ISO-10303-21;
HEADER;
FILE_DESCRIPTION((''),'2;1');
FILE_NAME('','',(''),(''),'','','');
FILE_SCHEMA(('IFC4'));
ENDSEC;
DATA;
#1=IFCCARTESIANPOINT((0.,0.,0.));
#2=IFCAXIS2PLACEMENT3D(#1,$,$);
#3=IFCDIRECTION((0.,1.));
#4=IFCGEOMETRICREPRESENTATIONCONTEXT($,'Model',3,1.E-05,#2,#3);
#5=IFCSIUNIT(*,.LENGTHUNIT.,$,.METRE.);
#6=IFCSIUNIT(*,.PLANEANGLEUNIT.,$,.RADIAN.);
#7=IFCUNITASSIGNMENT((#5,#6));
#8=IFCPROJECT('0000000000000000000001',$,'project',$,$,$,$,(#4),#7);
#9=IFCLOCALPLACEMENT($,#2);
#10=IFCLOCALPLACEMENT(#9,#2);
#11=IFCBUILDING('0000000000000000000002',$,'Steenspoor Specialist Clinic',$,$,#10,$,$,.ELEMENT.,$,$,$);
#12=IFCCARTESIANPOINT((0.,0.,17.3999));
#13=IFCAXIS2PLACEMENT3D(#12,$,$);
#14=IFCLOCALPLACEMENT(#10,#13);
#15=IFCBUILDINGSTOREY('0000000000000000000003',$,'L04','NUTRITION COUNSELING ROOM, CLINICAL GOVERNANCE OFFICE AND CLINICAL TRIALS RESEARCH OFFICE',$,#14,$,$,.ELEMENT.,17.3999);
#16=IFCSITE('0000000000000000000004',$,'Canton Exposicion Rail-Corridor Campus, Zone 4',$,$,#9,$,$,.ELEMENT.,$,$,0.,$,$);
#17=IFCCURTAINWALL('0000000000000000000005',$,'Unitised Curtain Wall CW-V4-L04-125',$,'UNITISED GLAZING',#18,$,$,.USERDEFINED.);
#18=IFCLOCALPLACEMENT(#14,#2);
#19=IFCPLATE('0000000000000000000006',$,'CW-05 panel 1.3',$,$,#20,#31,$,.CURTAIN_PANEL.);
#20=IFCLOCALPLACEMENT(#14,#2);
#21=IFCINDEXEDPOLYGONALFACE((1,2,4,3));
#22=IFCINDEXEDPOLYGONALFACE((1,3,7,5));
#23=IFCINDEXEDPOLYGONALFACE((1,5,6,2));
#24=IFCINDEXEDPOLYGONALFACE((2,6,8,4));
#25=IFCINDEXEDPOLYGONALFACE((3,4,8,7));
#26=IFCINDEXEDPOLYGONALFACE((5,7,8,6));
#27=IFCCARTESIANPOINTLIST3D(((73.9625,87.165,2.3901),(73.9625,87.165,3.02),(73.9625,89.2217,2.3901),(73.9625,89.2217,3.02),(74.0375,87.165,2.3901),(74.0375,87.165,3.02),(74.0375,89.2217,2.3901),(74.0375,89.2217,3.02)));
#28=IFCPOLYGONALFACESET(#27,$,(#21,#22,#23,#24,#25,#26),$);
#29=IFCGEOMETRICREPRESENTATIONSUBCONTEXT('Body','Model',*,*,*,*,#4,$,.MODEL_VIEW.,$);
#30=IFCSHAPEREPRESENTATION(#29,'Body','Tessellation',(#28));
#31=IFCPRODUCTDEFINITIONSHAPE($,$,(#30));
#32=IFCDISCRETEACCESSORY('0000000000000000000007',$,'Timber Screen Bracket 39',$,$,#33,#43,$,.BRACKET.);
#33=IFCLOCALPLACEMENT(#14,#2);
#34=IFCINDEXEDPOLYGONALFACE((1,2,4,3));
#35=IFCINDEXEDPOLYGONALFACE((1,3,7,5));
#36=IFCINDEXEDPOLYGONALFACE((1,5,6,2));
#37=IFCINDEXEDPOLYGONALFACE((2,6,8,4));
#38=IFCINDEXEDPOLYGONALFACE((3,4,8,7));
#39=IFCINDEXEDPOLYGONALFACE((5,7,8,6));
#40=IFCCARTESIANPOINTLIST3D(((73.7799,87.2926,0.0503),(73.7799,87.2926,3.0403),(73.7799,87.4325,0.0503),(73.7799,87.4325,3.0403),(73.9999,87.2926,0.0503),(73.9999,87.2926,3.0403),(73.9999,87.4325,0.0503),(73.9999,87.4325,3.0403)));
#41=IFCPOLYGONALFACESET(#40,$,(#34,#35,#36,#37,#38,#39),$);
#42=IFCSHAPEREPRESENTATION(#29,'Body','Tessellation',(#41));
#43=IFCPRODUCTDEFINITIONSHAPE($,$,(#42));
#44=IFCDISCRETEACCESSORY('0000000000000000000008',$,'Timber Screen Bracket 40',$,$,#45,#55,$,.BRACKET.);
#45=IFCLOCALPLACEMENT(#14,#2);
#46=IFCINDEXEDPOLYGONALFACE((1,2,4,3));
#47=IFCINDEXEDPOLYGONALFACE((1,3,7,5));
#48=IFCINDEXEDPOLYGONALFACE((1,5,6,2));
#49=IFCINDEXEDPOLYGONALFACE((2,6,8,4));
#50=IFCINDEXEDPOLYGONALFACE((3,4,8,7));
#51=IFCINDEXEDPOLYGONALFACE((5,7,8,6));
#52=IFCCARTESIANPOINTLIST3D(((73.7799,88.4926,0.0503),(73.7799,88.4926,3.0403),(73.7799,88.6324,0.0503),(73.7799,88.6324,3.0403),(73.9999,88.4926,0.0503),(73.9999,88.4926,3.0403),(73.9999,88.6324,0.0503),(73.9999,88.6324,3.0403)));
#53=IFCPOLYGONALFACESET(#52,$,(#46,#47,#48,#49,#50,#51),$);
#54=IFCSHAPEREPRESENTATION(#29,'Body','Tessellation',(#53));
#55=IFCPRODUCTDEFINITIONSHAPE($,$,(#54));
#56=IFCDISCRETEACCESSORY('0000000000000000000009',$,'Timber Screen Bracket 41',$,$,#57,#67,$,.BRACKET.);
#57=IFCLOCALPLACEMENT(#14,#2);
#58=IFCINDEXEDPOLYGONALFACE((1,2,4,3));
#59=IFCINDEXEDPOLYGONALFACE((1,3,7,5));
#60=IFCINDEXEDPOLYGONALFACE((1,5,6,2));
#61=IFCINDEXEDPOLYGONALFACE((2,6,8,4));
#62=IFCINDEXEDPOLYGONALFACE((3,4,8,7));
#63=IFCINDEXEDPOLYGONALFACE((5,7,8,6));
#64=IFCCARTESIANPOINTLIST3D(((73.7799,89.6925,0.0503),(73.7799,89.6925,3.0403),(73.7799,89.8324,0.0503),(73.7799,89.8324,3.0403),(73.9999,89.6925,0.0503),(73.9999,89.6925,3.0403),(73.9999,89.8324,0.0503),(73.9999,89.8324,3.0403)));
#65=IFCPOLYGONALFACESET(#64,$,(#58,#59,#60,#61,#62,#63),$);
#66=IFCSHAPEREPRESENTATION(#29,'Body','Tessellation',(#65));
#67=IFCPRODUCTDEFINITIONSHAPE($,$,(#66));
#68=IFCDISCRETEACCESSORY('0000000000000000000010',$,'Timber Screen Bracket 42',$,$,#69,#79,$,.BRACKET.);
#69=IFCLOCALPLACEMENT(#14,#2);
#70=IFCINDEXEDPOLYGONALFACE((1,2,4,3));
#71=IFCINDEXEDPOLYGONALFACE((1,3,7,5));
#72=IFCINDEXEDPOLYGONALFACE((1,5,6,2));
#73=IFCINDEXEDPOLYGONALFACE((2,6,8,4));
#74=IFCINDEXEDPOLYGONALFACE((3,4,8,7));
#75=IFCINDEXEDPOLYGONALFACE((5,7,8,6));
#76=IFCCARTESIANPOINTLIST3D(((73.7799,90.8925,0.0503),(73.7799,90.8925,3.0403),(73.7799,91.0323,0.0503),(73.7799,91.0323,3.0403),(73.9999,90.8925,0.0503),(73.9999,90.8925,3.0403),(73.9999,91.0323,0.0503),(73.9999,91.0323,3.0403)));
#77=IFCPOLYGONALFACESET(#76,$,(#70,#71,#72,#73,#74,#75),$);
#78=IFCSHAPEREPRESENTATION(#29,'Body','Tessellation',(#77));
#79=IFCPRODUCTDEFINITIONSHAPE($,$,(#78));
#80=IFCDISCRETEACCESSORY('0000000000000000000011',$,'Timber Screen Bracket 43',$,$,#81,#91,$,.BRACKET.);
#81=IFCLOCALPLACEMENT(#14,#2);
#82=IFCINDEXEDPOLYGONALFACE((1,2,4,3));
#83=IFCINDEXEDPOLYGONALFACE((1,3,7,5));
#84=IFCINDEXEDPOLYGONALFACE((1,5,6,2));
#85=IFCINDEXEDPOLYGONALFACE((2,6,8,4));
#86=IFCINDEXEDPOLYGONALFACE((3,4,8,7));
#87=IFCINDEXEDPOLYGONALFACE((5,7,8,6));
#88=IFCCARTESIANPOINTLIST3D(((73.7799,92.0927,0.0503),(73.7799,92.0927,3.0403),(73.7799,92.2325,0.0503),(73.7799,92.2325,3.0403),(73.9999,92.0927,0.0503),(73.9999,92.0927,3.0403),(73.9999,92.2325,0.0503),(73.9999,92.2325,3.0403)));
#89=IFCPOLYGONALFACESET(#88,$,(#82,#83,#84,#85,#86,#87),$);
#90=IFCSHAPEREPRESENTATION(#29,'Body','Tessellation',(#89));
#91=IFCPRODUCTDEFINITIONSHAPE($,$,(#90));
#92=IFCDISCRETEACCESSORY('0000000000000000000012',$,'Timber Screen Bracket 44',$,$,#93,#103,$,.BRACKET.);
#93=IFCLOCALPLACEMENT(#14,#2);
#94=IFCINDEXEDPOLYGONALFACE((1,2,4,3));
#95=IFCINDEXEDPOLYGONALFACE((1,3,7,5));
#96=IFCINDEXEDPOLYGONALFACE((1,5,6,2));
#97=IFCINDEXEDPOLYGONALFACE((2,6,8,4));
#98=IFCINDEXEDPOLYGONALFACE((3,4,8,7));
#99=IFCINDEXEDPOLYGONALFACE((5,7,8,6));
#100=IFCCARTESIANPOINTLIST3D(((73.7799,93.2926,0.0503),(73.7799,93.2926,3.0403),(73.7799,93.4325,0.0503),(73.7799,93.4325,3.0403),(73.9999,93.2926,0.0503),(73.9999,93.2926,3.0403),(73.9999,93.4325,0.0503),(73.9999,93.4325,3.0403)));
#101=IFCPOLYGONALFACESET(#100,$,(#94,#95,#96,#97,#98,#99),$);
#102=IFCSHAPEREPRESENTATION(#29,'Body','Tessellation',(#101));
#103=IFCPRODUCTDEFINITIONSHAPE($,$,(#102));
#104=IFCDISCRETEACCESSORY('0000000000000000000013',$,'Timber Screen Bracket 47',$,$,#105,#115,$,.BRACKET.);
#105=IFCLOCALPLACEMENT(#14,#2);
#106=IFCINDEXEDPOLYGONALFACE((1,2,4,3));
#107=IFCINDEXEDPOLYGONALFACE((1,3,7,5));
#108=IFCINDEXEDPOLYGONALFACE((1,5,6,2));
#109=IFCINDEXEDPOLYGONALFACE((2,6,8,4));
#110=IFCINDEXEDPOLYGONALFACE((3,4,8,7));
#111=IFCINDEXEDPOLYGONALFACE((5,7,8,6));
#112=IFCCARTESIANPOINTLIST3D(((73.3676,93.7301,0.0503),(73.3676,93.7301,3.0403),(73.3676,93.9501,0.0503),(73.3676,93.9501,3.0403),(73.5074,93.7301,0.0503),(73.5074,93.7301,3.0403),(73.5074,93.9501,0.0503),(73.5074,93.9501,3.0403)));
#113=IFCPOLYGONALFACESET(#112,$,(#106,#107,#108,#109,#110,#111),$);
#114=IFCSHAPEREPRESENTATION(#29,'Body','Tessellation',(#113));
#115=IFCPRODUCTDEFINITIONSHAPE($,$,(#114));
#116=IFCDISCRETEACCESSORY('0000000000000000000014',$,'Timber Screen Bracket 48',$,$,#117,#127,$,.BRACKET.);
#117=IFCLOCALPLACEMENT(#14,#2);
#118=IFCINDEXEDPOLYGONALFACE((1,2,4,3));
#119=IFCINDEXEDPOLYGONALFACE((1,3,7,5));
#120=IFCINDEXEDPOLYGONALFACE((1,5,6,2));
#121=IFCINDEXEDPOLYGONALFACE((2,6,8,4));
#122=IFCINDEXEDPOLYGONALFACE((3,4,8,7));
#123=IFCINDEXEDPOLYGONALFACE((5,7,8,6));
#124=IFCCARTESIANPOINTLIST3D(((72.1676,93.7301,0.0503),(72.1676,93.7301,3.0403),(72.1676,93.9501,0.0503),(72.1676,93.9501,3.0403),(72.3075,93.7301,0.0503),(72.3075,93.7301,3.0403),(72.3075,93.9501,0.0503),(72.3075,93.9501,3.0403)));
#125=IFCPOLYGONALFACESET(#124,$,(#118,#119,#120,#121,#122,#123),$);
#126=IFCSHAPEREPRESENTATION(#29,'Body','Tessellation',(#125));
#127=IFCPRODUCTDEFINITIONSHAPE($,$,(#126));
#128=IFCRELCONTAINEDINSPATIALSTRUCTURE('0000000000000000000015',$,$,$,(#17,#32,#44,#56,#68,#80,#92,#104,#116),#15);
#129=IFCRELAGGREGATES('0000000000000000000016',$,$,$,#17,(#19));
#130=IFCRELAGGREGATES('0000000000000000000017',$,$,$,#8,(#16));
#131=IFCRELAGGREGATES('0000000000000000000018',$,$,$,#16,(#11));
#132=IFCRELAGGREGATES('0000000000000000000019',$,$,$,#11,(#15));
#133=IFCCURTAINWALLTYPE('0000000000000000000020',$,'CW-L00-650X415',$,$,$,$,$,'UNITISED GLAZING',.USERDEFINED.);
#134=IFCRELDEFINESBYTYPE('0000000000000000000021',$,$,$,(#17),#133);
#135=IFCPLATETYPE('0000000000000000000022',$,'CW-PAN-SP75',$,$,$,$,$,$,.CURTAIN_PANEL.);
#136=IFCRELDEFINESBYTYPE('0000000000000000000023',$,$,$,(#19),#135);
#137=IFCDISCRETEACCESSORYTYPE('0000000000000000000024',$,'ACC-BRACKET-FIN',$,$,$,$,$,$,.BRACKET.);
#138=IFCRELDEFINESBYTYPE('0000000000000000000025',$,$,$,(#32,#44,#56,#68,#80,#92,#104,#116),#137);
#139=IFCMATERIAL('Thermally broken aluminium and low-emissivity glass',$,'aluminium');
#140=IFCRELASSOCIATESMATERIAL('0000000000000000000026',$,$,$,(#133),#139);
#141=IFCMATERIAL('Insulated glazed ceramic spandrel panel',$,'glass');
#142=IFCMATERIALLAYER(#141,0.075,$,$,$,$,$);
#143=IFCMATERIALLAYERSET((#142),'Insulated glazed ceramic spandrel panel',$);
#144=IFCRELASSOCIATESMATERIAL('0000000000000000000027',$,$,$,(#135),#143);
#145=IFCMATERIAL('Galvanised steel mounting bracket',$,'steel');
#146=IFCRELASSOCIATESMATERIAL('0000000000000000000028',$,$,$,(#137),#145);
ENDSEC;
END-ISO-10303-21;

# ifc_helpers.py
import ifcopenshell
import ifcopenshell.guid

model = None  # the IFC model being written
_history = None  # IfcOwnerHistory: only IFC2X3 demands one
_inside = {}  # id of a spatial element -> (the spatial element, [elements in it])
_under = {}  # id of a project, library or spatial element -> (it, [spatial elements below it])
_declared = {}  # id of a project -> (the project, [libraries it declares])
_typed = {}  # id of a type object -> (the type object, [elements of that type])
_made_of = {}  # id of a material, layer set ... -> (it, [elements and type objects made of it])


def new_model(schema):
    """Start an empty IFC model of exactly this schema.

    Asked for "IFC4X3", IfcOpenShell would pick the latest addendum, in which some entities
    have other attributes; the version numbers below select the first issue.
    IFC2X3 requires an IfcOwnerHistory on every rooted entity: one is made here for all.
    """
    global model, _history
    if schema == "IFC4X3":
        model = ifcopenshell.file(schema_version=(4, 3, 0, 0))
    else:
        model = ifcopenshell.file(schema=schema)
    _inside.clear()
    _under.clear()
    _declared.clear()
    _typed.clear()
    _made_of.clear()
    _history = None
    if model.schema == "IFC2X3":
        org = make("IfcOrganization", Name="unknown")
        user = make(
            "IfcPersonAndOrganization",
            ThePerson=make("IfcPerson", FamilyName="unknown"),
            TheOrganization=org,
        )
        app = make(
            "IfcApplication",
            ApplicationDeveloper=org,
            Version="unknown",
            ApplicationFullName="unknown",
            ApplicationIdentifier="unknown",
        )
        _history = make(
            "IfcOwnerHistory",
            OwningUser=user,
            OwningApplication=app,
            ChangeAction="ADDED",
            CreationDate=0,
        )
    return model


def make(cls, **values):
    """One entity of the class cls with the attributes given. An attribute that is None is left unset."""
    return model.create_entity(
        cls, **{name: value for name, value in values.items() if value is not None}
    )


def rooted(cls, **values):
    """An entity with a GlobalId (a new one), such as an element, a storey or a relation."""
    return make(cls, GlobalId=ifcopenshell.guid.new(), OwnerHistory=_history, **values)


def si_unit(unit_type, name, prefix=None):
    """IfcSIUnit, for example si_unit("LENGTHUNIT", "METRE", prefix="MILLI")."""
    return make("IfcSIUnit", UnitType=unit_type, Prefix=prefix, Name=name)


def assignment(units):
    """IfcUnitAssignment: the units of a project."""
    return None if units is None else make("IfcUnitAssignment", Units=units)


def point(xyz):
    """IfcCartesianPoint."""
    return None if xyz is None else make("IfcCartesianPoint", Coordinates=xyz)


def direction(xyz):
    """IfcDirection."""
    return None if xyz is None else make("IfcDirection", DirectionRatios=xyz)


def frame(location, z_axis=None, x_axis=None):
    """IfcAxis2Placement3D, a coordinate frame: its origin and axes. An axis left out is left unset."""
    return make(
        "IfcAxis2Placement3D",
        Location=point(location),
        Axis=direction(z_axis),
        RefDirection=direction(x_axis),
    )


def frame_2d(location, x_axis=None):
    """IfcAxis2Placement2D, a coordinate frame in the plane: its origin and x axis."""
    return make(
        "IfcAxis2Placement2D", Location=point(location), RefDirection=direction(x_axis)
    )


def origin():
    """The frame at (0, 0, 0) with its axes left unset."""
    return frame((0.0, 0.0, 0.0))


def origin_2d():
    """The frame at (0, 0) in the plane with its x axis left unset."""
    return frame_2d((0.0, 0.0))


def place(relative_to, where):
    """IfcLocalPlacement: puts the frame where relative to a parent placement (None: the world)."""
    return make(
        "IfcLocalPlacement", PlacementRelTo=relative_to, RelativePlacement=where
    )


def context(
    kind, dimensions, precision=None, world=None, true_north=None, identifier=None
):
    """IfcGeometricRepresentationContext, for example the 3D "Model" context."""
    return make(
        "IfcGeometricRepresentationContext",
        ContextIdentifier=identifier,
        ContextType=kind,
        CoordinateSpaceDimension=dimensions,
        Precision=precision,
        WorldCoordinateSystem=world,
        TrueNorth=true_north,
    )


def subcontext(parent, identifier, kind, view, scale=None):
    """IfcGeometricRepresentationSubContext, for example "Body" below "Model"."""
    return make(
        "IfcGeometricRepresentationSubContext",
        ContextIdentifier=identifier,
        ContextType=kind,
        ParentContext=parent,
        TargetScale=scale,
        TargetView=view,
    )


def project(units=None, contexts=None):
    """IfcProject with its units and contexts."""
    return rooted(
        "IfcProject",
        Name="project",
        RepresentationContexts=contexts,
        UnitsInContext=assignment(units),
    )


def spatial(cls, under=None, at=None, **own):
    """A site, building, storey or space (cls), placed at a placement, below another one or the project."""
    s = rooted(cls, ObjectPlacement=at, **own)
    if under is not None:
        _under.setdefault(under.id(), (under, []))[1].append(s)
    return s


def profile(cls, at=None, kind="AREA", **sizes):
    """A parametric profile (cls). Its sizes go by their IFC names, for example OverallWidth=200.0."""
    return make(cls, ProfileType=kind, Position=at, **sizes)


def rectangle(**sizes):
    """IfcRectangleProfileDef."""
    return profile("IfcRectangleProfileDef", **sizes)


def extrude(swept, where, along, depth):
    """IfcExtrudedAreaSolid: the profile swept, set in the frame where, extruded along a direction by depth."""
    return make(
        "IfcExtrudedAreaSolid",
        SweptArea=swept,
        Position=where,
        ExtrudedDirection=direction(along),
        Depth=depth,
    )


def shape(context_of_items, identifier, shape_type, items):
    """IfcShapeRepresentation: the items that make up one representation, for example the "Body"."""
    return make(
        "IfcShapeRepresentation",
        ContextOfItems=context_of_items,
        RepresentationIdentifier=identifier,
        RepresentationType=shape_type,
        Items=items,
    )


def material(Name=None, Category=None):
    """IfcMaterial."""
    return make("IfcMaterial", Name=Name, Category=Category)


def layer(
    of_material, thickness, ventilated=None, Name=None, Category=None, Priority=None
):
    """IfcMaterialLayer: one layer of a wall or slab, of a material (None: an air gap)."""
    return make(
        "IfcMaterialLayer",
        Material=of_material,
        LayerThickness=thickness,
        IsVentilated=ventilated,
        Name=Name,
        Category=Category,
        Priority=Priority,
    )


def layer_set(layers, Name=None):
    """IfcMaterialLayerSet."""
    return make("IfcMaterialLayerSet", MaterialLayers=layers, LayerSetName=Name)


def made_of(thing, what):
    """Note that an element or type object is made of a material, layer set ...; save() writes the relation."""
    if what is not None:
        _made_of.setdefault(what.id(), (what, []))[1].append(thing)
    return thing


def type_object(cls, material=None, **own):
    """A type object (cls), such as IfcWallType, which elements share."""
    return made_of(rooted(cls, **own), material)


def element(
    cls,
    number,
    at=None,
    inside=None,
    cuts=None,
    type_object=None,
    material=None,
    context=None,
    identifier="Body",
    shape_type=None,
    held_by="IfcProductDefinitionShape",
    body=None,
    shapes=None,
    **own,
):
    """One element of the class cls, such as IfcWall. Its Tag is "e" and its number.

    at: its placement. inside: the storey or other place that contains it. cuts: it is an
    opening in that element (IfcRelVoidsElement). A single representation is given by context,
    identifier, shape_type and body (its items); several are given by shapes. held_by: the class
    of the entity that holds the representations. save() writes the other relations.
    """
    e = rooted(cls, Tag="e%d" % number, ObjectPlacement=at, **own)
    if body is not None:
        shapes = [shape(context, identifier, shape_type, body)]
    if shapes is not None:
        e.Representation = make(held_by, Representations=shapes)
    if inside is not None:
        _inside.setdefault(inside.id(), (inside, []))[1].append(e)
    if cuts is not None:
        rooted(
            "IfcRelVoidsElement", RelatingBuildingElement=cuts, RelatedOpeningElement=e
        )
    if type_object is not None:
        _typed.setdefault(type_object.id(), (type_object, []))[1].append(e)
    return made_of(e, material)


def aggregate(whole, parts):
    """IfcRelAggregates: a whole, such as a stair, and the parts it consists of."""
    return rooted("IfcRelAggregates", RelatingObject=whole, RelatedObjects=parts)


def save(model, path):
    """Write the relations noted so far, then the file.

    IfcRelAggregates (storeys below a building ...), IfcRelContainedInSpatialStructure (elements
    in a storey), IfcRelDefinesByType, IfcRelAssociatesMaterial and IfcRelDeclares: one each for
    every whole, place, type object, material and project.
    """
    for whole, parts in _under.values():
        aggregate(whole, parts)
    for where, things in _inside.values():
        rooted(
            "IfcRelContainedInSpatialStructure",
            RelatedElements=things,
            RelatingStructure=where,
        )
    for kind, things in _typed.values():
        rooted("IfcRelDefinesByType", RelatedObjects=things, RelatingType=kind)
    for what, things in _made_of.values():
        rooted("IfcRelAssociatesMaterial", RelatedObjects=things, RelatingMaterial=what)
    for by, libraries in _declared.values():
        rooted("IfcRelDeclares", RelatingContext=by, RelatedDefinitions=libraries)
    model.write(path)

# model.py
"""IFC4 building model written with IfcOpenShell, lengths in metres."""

from ifc_helpers import new_model, si_unit, direction, frame, origin, origin_2d, place, context, subcontext, project, spatial, rectangle, extrude, material, layer, layer_set, type_object, element, aggregate, save


model = new_model("IFC4")

# Units and contexts
model_context = context("Model", 3, precision=1e-05, world=origin(), true_north=direction((0.0, 1.0)))
body_context = subcontext(model_context, "Body", "Model", "MODEL_VIEW")
ifc_project = project(units=[si_unit("LENGTHUNIT", "METRE"), si_unit("PLANEANGLEUNIT", "RADIAN")], contexts=[model_context])

# Site, building, storey
site_placement = place(None, origin())
site = spatial("IfcSite", under=ifc_project, at=site_placement, Name="Canton Exposicion Rail-Corridor Campus, Zone 4", CompositionType="ELEMENT", RefElevation=0.0)
building_placement = place(site_placement, origin())
building = spatial("IfcBuilding", under=site, at=building_placement, Name="Steenspoor Specialist Clinic", CompositionType="ELEMENT")
storey_placement = place(building_placement, frame((0.0, 0.0, 17.3999)))
storey = spatial("IfcBuildingStorey", under=building, at=storey_placement, Name="L04", Description="NUTRITION COUNSELING ROOM, CLINICAL GOVERNANCE OFFICE AND CLINICAL TRIALS RESEARCH OFFICE", CompositionType="ELEMENT", Elevation=17.3999)

# Curtain wall
ifc_material_1 = material(Name="Thermally broken aluminium and low-emissivity glass", Category="aluminium")
curtain_wall_type_1 = type_object("IfcCurtainWallType", Name="CW-L00-650X415", ElementType="UNITISED GLAZING", PredefinedType="USERDEFINED", material=ifc_material_1)
curtain_wall_1_placement = place(storey_placement, origin())
curtain_wall_1 = element("IfcCurtainWall", 1, at=curtain_wall_1_placement, inside=storey, type_object=curtain_wall_type_1, Name="Unitised Curtain Wall CW-V4-L04-125", ObjectType="UNITISED GLAZING", PredefinedType="USERDEFINED")

# Plate
ifc_material_2 = material(Name="Insulated glazed ceramic spandrel panel", Category="glass")
ifc_layer = layer(ifc_material_2, 0.075)
ifc_layer_set = layer_set([ifc_layer], Name="Insulated glazed ceramic spandrel panel")
plate_type = type_object("IfcPlateType", Name="CW-PAN-SP75", PredefinedType="CURTAIN_PANEL", material=ifc_layer_set)
plate_1_placement = place(storey_placement, frame((74.0, 88.1934, 2.3901), z_axis=(0.0, 0.0, 1.0), x_axis=(0.0, 1.0, 0.0)))
plate_1 = element("IfcPlate", 2, at=plate_1_placement, type_object=plate_type, Name="CW-05 panel 1.3", PredefinedType="CURTAIN_PANEL", context=body_context, shape_type="SweptSolid", body=[
    extrude(rectangle(XDim=2.0566, YDim=0.075, at=origin_2d()), origin(), (0.0, 0.0, 1.0), 0.6299),
])
aggregate(curtain_wall_1, [plate_1])

# Discrete accessories
ifc_material_3 = material(Name="Galvanised steel mounting bracket", Category="steel")
discrete_accessory_type = type_object("IfcDiscreteAccessoryType", Name="ACC-BRACKET-FIN", PredefinedType="BRACKET", material=ifc_material_3)
for number, where, z_axis, x_axis, name in (
    (3, (73.8899, 87.3625, 0.0503), (0.0, 0.0, 1.0), (-1.0, 0.0, 0.0), "Timber Screen Bracket 39"),
    (4, (73.8899, 88.5625, 0.0503), (0.0, 0.0, 1.0), (-1.0, 0.0, 0.0), "Timber Screen Bracket 40"),
    (5, (73.8899, 89.7625, 0.0503), (0.0, 0.0, 1.0), (-1.0, 0.0, 0.0), "Timber Screen Bracket 41"),
    (6, (73.8899, 90.9624, 0.0503), (0.0, 0.0, 1.0), (-1.0, 0.0, 0.0), "Timber Screen Bracket 42"),
    (7, (73.8899, 92.1626, 0.0503), (0.0, 0.0, 1.0), (-1.0, 0.0, 0.0), "Timber Screen Bracket 43"),
    (8, (73.8899, 93.3625, 0.0503), (0.0, 0.0, 1.0), (-1.0, 0.0, 0.0), "Timber Screen Bracket 44"),
    (9, (73.4375, 93.8401, 0.0503), (0.0, 0.0, 1.0), (0.0, -1.0, 0.0), "Timber Screen Bracket 47"),
    (10, (72.2375, 93.8401, 0.0503), (0.0, 0.0, 1.0), (0.0, -1.0, 0.0), "Timber Screen Bracket 48"),
):
    element("IfcDiscreteAccessory", number, at=place(storey_placement, frame(where, z_axis=z_axis, x_axis=x_axis)), inside=storey, type_object=discrete_accessory_type, Name=name, PredefinedType="BRACKET", context=body_context, shape_type="SweptSolid", body=[
        extrude(rectangle(XDim=0.22, YDim=0.1399, at=origin_2d()), origin(), (0.0, 0.0, 1.0), 2.99),
    ])

save(model, "model.ifc")
